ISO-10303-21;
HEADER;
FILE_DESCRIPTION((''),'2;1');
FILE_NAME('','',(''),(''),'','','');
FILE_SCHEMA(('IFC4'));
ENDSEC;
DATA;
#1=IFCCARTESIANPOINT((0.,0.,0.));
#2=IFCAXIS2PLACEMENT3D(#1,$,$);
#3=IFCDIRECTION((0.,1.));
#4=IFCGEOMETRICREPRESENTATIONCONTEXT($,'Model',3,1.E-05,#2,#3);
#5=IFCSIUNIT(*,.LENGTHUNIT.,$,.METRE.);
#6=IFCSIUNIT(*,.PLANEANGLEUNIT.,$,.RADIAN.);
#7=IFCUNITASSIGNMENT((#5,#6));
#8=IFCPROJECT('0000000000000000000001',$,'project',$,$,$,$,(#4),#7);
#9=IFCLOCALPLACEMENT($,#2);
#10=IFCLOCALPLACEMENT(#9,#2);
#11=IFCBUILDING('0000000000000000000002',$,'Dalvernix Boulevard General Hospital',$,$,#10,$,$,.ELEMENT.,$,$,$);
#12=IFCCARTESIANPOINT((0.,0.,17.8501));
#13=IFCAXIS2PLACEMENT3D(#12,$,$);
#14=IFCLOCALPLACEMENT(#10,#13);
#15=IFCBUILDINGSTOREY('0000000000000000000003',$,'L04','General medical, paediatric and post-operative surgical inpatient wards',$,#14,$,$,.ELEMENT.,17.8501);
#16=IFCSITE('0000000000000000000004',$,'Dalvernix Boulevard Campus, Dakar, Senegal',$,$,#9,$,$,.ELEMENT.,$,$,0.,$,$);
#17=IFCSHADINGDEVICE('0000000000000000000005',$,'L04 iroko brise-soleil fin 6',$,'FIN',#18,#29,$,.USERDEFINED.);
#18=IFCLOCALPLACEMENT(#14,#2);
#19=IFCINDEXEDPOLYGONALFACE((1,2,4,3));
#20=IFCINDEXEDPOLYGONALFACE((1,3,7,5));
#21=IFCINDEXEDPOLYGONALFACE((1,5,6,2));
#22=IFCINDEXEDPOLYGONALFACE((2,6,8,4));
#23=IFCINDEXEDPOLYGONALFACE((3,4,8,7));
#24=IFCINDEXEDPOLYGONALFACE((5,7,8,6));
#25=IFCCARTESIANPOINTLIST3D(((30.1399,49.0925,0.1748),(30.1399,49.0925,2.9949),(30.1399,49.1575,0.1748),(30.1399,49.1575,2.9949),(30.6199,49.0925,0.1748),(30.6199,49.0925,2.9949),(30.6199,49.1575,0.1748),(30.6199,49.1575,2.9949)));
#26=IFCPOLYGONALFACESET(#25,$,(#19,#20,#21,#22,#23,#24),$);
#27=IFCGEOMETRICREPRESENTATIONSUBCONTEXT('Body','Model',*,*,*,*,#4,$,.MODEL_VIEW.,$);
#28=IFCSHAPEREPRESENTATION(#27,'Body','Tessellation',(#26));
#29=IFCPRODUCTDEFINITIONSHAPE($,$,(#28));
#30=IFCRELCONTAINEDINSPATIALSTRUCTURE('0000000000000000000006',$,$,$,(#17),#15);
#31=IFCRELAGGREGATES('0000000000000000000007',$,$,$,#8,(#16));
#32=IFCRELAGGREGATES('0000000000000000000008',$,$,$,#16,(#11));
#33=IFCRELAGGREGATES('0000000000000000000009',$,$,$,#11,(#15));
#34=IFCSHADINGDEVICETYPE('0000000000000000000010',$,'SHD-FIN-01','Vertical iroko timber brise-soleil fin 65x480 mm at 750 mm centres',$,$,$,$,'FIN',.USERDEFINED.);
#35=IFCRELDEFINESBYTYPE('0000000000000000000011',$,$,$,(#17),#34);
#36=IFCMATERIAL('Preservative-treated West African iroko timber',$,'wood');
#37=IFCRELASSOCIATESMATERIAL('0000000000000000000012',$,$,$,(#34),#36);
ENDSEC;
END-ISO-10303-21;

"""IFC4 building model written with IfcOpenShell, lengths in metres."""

from ifc_helpers import new_model, si_unit, direction, frame, origin, origin_2d, place, context, subcontext, project, spatial, rectangle, extrude, material, type_object, element, save


model = new_model("IFC4")

# Units and contexts
model_context = context("Model", 3, precision=1e-05, world=origin(), true_north=direction((0.0, 1.0)))
body_context = subcontext(model_context, "Body", "Model", "MODEL_VIEW")
ifc_project = project(units=[si_unit("LENGTHUNIT", "METRE"), si_unit("PLANEANGLEUNIT", "RADIAN")], contexts=[model_context])

# Site, building, storey
site_placement = place(None, origin())
site = spatial("IfcSite", under=ifc_project, at=site_placement, Name="Dalvernix Boulevard Campus, Dakar, Senegal", CompositionType="ELEMENT", RefElevation=0.0)
building_placement = place(site_placement, origin())
building = spatial("IfcBuilding", under=site, at=building_placement, Name="Dalvernix Boulevard General Hospital", CompositionType="ELEMENT")
storey_placement = place(building_placement, frame((0.0, 0.0, 17.8501)))
storey = spatial("IfcBuildingStorey", under=building, at=storey_placement, Name="L04", Description="General medical, paediatric and post-operative surgical inpatient wards", CompositionType="ELEMENT", Elevation=17.8501)

# Shading device
ifc_material_1 = material(Name="Preservative-treated West African iroko timber", Category="wood")
shading_device_type = type_object("IfcShadingDeviceType", Name="SHD-FIN-01", Description="Vertical iroko timber brise-soleil fin 65x480 mm at 750 mm centres", ElementType="FIN", PredefinedType="USERDEFINED", material=ifc_material_1)
for number, where, z_axis, x_axis, name in (
    (1, (30.3799, 49.125, 0.1748), (0.0, 0.0, 1.0), (0.0, -1.0, 0.0), "L04 iroko brise-soleil fin 6"),
):
    element("IfcShadingDevice", number, at=place(storey_placement, frame(where, z_axis=z_axis, x_axis=x_axis)), inside=storey, type_object=shading_device_type, Name=name, ObjectType="FIN", PredefinedType="USERDEFINED", context=body_context, shape_type="SweptSolid", body=[
        extrude(rectangle(XDim=0.0649, YDim=0.48, at=origin_2d()), origin(), (0.0, 0.0, 1.0), 2.8201),
    ])

save(model, "model.ifc")
